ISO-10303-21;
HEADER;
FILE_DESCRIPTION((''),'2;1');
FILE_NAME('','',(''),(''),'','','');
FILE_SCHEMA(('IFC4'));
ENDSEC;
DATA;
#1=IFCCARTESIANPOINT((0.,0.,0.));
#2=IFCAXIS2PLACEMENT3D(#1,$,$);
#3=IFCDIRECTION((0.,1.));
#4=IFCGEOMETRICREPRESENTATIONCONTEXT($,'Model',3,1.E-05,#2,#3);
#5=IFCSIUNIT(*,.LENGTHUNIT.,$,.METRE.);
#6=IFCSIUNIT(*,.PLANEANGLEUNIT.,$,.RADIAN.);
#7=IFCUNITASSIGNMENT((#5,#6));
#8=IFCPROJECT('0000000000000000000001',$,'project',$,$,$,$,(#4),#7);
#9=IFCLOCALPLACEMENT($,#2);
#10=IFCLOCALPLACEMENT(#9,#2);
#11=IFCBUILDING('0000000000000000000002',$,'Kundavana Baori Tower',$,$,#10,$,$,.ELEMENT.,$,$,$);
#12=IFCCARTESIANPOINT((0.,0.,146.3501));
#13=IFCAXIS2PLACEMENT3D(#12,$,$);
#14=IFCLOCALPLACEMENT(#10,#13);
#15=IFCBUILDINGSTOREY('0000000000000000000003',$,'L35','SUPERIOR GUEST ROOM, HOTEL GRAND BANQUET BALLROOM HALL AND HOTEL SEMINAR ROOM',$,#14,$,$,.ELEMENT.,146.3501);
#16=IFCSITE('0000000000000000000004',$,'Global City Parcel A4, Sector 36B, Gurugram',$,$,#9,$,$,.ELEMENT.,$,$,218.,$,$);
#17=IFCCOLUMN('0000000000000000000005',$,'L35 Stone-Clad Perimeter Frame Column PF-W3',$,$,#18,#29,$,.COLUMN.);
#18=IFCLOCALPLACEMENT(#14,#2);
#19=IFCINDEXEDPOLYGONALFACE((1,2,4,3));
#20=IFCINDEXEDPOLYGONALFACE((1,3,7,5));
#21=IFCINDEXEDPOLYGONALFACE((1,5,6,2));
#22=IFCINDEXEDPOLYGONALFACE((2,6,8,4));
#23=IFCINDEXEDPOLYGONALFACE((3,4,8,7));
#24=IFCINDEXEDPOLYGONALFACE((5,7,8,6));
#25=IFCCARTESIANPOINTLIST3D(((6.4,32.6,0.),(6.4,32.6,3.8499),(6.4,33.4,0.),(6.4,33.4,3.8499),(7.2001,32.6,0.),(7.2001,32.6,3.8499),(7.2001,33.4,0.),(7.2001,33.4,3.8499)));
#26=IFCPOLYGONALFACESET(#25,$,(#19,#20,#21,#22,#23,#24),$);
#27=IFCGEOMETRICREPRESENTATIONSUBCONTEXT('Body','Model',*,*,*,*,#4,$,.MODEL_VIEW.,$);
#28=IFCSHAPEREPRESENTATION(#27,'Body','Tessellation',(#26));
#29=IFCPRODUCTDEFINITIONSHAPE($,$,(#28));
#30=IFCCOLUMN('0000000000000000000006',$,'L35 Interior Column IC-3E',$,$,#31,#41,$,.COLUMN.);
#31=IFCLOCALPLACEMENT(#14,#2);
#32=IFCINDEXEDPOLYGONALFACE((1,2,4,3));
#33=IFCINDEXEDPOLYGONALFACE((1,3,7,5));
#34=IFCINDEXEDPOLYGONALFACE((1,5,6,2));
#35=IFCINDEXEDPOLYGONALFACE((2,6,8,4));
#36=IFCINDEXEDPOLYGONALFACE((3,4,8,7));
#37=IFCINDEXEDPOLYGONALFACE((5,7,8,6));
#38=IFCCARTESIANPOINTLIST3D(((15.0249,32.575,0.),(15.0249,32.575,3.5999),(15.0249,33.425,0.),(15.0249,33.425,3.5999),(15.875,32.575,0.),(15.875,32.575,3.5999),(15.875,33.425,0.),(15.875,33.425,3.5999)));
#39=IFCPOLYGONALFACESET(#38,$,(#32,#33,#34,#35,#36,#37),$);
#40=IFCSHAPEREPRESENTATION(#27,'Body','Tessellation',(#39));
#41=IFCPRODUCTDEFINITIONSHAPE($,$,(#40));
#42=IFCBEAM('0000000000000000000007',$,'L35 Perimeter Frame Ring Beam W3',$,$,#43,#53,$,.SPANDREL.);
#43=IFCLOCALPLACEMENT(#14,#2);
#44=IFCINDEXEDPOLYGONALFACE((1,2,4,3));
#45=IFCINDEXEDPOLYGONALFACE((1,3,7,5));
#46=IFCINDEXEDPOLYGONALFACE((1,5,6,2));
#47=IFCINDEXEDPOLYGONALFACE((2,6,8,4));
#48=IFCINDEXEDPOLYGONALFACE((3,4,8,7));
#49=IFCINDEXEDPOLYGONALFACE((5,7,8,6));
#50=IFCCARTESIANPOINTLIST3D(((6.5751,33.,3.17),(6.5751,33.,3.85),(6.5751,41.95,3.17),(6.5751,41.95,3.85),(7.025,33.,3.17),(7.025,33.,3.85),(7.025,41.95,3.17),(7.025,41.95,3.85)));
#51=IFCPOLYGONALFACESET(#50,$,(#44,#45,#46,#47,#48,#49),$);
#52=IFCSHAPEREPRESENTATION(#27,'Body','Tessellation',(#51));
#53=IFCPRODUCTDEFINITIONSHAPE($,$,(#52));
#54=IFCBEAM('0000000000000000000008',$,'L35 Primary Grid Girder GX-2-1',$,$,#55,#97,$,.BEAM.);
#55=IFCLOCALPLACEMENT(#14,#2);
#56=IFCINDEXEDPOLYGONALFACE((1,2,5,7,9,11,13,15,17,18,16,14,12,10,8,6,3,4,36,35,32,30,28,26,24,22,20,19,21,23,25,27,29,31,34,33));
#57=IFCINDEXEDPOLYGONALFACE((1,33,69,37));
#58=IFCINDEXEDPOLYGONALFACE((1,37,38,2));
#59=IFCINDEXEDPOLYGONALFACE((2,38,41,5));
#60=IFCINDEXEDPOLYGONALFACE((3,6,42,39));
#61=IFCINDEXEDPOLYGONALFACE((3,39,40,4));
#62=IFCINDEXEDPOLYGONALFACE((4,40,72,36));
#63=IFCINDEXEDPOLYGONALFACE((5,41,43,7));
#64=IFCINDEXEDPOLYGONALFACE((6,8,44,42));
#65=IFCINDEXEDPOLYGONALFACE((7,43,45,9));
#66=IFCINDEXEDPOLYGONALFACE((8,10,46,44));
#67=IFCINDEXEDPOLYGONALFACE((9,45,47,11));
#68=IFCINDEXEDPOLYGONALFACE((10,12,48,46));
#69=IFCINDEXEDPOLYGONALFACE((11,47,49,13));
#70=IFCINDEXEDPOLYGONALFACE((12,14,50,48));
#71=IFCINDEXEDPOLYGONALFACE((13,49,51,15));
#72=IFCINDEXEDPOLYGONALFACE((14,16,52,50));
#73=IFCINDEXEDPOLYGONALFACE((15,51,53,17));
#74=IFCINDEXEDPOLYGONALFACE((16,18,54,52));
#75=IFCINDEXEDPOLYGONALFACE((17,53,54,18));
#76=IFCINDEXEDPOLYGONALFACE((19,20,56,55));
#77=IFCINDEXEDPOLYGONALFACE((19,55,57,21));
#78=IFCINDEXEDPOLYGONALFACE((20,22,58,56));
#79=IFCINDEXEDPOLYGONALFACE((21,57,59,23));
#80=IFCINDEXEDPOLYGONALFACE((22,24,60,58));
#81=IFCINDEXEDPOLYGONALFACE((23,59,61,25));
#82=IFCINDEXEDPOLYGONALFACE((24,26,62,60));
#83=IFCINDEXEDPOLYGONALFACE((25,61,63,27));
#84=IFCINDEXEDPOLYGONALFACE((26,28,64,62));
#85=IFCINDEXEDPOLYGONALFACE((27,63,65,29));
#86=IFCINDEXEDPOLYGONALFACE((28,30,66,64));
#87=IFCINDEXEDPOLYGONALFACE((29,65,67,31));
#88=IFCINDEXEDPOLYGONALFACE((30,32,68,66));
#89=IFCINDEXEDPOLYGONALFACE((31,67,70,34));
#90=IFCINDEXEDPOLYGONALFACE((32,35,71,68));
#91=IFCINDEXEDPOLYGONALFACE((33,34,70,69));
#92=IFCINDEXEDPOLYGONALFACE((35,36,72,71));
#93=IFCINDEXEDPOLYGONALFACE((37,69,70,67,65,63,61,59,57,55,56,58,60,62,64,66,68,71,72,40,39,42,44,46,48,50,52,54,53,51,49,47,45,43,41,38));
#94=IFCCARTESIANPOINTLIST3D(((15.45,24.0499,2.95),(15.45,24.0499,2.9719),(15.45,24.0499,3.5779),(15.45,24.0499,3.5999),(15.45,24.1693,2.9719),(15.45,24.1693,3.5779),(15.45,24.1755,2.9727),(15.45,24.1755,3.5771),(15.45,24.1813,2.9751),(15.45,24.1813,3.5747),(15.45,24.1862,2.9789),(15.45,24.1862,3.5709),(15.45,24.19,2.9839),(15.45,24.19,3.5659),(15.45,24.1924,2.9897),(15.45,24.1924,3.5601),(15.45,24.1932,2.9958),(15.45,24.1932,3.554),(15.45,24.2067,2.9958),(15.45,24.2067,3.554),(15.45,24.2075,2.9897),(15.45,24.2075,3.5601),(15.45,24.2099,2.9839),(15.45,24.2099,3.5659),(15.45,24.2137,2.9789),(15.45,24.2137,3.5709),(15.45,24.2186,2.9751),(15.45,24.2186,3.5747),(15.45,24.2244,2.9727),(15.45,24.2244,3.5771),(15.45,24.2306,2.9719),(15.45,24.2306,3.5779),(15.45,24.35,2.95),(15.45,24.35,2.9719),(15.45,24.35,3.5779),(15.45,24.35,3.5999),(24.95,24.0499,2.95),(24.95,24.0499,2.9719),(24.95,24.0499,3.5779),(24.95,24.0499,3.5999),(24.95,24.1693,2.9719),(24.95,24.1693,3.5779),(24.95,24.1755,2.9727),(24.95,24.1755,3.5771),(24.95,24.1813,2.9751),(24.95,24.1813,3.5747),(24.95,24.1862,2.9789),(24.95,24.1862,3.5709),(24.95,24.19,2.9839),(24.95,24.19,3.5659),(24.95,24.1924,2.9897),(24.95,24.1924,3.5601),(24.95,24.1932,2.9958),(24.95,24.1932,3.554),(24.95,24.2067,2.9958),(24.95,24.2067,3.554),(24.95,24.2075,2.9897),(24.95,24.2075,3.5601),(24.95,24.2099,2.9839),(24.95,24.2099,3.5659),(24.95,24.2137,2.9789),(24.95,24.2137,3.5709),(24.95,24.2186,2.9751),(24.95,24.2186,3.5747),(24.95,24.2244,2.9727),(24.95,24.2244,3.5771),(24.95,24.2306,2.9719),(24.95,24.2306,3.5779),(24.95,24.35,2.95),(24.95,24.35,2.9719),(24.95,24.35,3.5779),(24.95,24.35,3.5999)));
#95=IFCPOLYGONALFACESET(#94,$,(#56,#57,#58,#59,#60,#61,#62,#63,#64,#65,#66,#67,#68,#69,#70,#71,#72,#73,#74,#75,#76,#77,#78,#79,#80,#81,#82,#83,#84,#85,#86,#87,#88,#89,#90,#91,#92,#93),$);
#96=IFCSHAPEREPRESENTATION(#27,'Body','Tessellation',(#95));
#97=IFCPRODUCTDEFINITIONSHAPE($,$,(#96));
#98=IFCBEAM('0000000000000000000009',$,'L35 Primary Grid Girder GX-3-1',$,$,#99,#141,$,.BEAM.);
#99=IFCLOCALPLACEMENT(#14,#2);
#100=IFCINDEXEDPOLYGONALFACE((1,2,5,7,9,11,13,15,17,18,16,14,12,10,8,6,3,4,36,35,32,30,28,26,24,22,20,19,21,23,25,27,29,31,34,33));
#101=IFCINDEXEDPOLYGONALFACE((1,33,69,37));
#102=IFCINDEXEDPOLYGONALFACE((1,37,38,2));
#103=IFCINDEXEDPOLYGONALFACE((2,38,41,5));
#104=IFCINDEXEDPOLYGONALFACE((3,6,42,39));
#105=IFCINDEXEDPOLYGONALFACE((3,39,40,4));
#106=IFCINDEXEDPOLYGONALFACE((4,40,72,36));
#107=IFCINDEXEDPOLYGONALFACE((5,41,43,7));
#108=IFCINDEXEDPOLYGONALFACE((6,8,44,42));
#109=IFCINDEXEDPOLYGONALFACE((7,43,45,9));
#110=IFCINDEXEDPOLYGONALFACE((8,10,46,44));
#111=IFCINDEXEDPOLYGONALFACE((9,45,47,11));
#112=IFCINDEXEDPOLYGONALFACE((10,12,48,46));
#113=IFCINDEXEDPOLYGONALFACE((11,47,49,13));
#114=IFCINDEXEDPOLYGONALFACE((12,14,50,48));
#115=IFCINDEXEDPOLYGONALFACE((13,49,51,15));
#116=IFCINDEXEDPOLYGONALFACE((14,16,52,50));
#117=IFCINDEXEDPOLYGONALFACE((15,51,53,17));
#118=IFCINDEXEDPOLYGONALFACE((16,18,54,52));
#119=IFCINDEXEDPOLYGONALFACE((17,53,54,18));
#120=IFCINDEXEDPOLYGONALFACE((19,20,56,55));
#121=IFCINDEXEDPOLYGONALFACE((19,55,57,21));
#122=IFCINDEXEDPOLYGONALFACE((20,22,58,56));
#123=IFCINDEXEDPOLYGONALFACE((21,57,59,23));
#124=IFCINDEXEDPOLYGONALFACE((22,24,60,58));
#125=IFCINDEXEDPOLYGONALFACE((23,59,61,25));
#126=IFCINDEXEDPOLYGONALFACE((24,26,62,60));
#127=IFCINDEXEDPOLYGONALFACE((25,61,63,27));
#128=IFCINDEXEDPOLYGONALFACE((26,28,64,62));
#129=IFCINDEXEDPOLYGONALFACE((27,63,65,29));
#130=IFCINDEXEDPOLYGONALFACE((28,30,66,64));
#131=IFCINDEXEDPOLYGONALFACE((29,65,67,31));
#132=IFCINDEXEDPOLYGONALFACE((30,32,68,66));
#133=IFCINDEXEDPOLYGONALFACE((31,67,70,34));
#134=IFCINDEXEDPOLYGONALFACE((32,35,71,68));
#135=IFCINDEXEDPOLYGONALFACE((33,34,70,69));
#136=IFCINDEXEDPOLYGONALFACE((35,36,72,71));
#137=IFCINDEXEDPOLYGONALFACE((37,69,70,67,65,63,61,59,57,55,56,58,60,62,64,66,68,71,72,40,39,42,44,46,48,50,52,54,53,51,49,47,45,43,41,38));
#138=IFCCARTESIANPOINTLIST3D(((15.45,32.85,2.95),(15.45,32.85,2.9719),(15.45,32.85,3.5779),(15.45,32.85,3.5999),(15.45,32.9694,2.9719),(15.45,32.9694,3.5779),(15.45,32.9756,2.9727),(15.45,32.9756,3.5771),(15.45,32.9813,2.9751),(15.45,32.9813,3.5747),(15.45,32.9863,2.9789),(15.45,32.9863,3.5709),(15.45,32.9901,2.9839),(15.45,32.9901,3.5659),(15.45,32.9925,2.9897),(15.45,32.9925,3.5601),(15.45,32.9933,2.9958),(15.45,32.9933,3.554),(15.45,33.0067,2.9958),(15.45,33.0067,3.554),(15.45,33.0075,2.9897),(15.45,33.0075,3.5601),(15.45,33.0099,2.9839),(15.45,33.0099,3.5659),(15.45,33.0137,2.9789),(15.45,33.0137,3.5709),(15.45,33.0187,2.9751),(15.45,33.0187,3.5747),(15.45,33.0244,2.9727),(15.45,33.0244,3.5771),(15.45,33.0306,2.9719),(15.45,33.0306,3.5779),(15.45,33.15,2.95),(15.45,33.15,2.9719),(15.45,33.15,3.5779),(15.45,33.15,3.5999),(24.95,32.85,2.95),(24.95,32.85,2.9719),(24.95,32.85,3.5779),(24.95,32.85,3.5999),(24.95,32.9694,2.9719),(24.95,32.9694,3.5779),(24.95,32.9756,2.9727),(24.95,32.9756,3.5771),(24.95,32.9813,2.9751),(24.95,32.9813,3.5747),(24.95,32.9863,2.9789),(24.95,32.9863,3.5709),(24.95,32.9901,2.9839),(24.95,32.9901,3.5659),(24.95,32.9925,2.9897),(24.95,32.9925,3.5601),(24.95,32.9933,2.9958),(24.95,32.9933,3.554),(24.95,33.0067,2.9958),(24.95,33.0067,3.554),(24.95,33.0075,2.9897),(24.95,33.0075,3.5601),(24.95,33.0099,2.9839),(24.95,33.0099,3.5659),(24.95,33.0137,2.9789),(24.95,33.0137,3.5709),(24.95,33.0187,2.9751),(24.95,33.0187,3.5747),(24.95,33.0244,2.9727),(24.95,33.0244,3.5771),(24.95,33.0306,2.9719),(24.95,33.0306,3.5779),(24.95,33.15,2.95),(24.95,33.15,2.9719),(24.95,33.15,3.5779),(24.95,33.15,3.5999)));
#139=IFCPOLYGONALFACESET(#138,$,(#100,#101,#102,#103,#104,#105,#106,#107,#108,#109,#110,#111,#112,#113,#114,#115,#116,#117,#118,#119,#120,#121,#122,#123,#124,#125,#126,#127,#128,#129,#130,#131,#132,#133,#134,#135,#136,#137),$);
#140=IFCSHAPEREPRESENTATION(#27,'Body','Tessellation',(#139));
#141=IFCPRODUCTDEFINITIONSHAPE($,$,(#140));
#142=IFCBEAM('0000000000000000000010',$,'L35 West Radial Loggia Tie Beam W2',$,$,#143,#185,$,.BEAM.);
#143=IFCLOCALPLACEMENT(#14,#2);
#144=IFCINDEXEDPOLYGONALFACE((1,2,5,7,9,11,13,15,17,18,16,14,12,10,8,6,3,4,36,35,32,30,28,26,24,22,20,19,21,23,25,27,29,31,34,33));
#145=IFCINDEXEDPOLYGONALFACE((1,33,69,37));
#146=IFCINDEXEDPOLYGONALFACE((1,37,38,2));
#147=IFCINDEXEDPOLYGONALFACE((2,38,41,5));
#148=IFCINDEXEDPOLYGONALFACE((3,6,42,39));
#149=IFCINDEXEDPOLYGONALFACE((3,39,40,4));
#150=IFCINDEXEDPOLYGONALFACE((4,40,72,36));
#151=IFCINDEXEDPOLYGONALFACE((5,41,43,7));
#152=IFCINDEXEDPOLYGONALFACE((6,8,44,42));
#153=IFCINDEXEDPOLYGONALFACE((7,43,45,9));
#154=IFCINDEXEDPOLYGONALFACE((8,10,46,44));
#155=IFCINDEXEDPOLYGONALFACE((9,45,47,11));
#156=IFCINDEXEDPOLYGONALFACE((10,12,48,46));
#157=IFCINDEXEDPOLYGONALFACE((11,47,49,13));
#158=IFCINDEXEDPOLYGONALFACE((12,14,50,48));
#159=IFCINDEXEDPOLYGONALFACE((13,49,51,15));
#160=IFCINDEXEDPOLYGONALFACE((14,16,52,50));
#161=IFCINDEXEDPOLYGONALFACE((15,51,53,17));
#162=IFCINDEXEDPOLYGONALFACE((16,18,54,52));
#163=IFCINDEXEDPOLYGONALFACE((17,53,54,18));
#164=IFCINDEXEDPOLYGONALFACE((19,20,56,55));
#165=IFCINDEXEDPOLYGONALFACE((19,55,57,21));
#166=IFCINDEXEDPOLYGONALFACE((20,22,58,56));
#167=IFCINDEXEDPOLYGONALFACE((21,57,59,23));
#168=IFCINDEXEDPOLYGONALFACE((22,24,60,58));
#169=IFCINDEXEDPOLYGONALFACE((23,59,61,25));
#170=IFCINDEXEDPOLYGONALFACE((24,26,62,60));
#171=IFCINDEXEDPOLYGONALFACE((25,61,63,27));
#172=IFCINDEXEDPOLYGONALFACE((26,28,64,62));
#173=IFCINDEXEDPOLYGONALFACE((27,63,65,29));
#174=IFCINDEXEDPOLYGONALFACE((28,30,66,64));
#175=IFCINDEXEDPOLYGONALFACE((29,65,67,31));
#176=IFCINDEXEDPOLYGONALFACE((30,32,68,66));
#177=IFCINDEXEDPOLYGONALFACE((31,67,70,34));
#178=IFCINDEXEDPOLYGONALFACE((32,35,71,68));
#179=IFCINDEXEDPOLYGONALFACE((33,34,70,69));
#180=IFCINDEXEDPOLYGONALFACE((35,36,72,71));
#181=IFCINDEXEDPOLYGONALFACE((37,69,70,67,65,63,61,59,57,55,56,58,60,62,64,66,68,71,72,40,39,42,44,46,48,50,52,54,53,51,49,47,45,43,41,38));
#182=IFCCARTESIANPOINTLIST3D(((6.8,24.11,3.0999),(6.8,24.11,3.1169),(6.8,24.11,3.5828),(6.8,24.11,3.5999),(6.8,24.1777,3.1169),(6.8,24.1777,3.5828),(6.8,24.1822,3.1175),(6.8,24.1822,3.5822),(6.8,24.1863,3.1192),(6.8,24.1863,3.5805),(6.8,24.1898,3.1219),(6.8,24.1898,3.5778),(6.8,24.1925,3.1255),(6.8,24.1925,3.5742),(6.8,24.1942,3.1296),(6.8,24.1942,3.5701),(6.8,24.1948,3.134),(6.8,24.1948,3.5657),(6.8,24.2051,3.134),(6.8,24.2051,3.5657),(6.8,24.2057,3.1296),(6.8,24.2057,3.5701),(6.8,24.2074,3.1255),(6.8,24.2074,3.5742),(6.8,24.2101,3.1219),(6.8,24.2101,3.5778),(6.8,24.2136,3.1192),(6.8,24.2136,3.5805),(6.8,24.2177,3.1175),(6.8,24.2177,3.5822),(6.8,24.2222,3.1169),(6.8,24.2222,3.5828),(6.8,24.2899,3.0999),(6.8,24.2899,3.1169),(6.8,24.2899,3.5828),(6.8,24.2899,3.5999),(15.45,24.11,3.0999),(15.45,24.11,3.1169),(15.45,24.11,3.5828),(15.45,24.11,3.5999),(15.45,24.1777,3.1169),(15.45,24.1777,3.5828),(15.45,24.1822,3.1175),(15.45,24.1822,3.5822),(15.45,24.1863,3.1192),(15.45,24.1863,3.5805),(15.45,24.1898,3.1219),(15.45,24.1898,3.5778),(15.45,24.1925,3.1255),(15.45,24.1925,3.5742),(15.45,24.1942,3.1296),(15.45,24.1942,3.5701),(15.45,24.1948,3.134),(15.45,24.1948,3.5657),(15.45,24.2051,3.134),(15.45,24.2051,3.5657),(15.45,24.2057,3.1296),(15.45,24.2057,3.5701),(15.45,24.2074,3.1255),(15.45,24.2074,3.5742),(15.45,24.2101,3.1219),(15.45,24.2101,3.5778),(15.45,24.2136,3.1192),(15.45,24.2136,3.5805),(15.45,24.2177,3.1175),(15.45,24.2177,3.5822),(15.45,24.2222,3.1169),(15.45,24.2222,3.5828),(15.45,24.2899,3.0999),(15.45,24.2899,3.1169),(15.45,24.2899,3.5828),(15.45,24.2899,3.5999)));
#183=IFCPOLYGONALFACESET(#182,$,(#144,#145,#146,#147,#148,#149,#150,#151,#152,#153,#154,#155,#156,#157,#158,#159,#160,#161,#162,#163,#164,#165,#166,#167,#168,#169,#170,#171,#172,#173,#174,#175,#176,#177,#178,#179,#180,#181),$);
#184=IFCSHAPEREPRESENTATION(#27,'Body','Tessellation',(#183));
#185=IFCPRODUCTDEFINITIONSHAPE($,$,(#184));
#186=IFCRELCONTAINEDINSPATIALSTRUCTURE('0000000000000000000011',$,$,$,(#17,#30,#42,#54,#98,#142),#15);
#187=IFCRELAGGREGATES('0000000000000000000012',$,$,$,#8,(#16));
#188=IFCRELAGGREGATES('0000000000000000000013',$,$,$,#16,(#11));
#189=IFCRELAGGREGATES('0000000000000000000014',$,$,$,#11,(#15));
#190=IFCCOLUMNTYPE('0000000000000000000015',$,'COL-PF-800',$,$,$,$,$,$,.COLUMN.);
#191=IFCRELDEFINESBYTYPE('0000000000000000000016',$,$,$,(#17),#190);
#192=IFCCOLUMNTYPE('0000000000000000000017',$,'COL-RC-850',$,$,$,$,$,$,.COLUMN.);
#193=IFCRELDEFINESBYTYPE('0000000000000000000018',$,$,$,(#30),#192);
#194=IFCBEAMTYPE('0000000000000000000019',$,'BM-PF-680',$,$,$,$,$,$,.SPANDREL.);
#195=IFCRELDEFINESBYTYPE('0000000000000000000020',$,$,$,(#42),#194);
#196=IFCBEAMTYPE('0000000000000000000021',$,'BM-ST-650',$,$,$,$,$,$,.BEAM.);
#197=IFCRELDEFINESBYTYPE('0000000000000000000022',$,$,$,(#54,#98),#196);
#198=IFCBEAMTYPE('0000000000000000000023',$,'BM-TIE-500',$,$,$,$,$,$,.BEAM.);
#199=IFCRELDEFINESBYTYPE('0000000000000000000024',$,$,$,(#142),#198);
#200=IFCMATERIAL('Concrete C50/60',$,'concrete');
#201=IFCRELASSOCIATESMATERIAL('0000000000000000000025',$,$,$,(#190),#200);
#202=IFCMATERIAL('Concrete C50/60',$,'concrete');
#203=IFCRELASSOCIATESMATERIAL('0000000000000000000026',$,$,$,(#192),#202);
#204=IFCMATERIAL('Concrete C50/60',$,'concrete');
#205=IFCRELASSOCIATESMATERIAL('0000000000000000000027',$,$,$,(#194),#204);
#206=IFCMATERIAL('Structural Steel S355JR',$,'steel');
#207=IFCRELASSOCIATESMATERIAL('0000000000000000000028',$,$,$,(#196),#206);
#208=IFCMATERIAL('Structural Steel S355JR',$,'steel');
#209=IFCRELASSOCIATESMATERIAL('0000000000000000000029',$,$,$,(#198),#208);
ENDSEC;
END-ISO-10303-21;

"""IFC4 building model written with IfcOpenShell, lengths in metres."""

from ifc_helpers import new_model, si_unit, direction, frame, origin, origin_2d, place, context, subcontext, project, spatial, rectangle, i_section, extrude, material, material_profile, profile_set, type_object, element, save


model = new_model("IFC4")

# Units and contexts
model_context = context("Model", 3, precision=1e-05, world=origin(), true_north=direction((0.0, 1.0)))
body_context = subcontext(model_context, "Body", "Model", "MODEL_VIEW")
ifc_project = project(units=[si_unit("LENGTHUNIT", "METRE"), si_unit("PLANEANGLEUNIT", "RADIAN")], contexts=[model_context])

# Site, building, storey
site_placement = place(None, origin())
site = spatial("IfcSite", under=ifc_project, at=site_placement, Name="Global City Parcel A4, Sector 36B, Gurugram", CompositionType="ELEMENT", RefElevation=218.0)
building_placement = place(site_placement, origin())
building = spatial("IfcBuilding", under=site, at=building_placement, Name="Kundavana Baori Tower", CompositionType="ELEMENT")
storey_placement = place(building_placement, frame((0.0, 0.0, 146.3501)))
storey = spatial("IfcBuildingStorey", under=building, at=storey_placement, Name="L35", Description="SUPERIOR GUEST ROOM, HOTEL GRAND BANQUET BALLROOM HALL AND HOTEL SEMINAR ROOM", CompositionType="ELEMENT", Elevation=146.3501)

# Columns
ifc_material_1 = material(Name="Concrete C50/60", Category="concrete")
ifc_material_profile_1 = material_profile(ifc_material_1, rectangle(XDim=0.8, YDim=0.8, at=origin_2d()), Name="RC PF 800x800")
ifc_profile_set_1 = profile_set([ifc_material_profile_1], Name="Concrete C50/60")
column_type_1 = type_object("IfcColumnType", Name="COL-PF-800", PredefinedType="COLUMN", material=ifc_profile_set_1)
column_1_placement = place(storey_placement, frame((6.8, 33.0, 0.0), z_axis=(0.0, 0.0, 1.0), x_axis=(1.0, 0.0, 0.0)))
element("IfcColumn", 1, at=column_1_placement, inside=storey, type_object=column_type_1, Name="L35 Stone-Clad Perimeter Frame Column PF-W3", PredefinedType="COLUMN", context=body_context, shape_type="SweptSolid", body=[
    extrude(rectangle(XDim=0.8, YDim=0.8, at=origin_2d()), origin(), (0.0, 0.0, 1.0), 3.8499),
])
ifc_material_2 = material(Name="Concrete C50/60", Category="concrete")
ifc_material_profile_2 = material_profile(ifc_material_2, rectangle(XDim=0.8501, YDim=0.8501, at=origin_2d()), Name="RC 850x850")
ifc_profile_set_2 = profile_set([ifc_material_profile_2], Name="Concrete C50/60")
column_type_2 = type_object("IfcColumnType", Name="COL-RC-850", PredefinedType="COLUMN", material=ifc_profile_set_2)
column_2_placement = place(storey_placement, frame((15.45, 33.0, 0.0), z_axis=(0.0, 0.0, 1.0), x_axis=(1.0, 0.0, 0.0)))
element("IfcColumn", 2, at=column_2_placement, inside=storey, type_object=column_type_2, Name="L35 Interior Column IC-3E", PredefinedType="COLUMN", context=body_context, shape_type="SweptSolid", body=[
    extrude(rectangle(XDim=0.8501, YDim=0.8501, at=origin_2d()), origin(), (0.0, 0.0, 1.0), 3.5999),
])

# Beams
ifc_material_3 = material(Name="Concrete C50/60", Category="concrete")
ifc_material_profile_3 = material_profile(ifc_material_3, rectangle(XDim=0.45, YDim=0.6799, at=origin_2d()), Name="RC BM 450x680")
ifc_profile_set_3 = profile_set([ifc_material_profile_3], Name="Concrete C50/60")
beam_type_1 = type_object("IfcBeamType", Name="BM-PF-680", PredefinedType="SPANDREL", material=ifc_profile_set_3)
beam_placement = place(storey_placement, frame((6.8, 33.0, 3.51), z_axis=(0.0, 1.0, 0.0), x_axis=(-1.0, 0.0, 0.0)))
element("IfcBeam", 3, at=beam_placement, inside=storey, type_object=beam_type_1, Name="L35 Perimeter Frame Ring Beam W3", PredefinedType="SPANDREL", context=body_context, shape_type="SweptSolid", body=[
    extrude(rectangle(XDim=0.45, YDim=0.6799, at=origin_2d()), origin(), (0.0, 0.0, 1.0), 8.95),
])
ifc_material_4 = material(Name="Structural Steel S355JR", Category="steel")
ifc_material_profile_4 = material_profile(ifc_material_4, i_section(OverallWidth=0.3, OverallDepth=0.6499, WebThickness=0.0134, FlangeThickness=0.022, FilletRadius=0.0239, at=origin_2d()), Name="NPB 650x300x155")
ifc_profile_set_4 = profile_set([ifc_material_profile_4], Name="Structural Steel S355JR")
beam_type_2 = type_object("IfcBeamType", Name="BM-ST-650", PredefinedType="BEAM", material=ifc_profile_set_4)
for number, where, z_axis, x_axis, name in (
    (4, (15.45, 24.2, 3.2749), (1.0, 0.0, 0.0), (0.0, 1.0, 0.0), "L35 Primary Grid Girder GX-2-1"),
    (5, (15.45, 33.0, 3.2749), (1.0, 0.0, 0.0), (0.0, 1.0, 0.0), "L35 Primary Grid Girder GX-3-1"),
):
    element("IfcBeam", number, at=place(storey_placement, frame(where, z_axis=z_axis, x_axis=x_axis)), inside=storey, type_object=beam_type_2, Name=name, PredefinedType="BEAM", context=body_context, shape_type="SweptSolid", body=[
        extrude(i_section(OverallWidth=0.3, OverallDepth=0.6499, WebThickness=0.0134, FlangeThickness=0.022, FilletRadius=0.0239, at=origin_2d()), origin(), (0.0, 0.0, 1.0), 9.5),
    ])
ifc_material_5 = material(Name="Structural Steel S355JR", Category="steel")
ifc_material_profile_5 = material_profile(ifc_material_5, i_section(OverallWidth=0.1799, OverallDepth=0.5, WebThickness=0.0103, FlangeThickness=0.0171, FilletRadius=0.0171, at=origin_2d()), Name="ISMB 500")
ifc_profile_set_5 = profile_set([ifc_material_profile_5], Name="Structural Steel S355JR")
beam_type_3 = type_object("IfcBeamType", Name="BM-TIE-500", PredefinedType="BEAM", material=ifc_profile_set_5)
for number, where, z_axis, x_axis, name in (
    (6, (15.45, 24.2, 3.3499), (-1.0, 0.0, 0.0), (0.0, -1.0, 0.0), "L35 West Radial Loggia Tie Beam W2"),
):
    element("IfcBeam", number, at=place(storey_placement, frame(where, z_axis=z_axis, x_axis=x_axis)), inside=storey, type_object=beam_type_3, Name=name, PredefinedType="BEAM", context=body_context, shape_type="SweptSolid", body=[
        extrude(i_section(OverallWidth=0.1799, OverallDepth=0.5, WebThickness=0.0103, FlangeThickness=0.0171, FilletRadius=0.0171, at=origin_2d()), origin(), (0.0, 0.0, 1.0), 8.6499),
    ])

save(model, "model.ifc")
